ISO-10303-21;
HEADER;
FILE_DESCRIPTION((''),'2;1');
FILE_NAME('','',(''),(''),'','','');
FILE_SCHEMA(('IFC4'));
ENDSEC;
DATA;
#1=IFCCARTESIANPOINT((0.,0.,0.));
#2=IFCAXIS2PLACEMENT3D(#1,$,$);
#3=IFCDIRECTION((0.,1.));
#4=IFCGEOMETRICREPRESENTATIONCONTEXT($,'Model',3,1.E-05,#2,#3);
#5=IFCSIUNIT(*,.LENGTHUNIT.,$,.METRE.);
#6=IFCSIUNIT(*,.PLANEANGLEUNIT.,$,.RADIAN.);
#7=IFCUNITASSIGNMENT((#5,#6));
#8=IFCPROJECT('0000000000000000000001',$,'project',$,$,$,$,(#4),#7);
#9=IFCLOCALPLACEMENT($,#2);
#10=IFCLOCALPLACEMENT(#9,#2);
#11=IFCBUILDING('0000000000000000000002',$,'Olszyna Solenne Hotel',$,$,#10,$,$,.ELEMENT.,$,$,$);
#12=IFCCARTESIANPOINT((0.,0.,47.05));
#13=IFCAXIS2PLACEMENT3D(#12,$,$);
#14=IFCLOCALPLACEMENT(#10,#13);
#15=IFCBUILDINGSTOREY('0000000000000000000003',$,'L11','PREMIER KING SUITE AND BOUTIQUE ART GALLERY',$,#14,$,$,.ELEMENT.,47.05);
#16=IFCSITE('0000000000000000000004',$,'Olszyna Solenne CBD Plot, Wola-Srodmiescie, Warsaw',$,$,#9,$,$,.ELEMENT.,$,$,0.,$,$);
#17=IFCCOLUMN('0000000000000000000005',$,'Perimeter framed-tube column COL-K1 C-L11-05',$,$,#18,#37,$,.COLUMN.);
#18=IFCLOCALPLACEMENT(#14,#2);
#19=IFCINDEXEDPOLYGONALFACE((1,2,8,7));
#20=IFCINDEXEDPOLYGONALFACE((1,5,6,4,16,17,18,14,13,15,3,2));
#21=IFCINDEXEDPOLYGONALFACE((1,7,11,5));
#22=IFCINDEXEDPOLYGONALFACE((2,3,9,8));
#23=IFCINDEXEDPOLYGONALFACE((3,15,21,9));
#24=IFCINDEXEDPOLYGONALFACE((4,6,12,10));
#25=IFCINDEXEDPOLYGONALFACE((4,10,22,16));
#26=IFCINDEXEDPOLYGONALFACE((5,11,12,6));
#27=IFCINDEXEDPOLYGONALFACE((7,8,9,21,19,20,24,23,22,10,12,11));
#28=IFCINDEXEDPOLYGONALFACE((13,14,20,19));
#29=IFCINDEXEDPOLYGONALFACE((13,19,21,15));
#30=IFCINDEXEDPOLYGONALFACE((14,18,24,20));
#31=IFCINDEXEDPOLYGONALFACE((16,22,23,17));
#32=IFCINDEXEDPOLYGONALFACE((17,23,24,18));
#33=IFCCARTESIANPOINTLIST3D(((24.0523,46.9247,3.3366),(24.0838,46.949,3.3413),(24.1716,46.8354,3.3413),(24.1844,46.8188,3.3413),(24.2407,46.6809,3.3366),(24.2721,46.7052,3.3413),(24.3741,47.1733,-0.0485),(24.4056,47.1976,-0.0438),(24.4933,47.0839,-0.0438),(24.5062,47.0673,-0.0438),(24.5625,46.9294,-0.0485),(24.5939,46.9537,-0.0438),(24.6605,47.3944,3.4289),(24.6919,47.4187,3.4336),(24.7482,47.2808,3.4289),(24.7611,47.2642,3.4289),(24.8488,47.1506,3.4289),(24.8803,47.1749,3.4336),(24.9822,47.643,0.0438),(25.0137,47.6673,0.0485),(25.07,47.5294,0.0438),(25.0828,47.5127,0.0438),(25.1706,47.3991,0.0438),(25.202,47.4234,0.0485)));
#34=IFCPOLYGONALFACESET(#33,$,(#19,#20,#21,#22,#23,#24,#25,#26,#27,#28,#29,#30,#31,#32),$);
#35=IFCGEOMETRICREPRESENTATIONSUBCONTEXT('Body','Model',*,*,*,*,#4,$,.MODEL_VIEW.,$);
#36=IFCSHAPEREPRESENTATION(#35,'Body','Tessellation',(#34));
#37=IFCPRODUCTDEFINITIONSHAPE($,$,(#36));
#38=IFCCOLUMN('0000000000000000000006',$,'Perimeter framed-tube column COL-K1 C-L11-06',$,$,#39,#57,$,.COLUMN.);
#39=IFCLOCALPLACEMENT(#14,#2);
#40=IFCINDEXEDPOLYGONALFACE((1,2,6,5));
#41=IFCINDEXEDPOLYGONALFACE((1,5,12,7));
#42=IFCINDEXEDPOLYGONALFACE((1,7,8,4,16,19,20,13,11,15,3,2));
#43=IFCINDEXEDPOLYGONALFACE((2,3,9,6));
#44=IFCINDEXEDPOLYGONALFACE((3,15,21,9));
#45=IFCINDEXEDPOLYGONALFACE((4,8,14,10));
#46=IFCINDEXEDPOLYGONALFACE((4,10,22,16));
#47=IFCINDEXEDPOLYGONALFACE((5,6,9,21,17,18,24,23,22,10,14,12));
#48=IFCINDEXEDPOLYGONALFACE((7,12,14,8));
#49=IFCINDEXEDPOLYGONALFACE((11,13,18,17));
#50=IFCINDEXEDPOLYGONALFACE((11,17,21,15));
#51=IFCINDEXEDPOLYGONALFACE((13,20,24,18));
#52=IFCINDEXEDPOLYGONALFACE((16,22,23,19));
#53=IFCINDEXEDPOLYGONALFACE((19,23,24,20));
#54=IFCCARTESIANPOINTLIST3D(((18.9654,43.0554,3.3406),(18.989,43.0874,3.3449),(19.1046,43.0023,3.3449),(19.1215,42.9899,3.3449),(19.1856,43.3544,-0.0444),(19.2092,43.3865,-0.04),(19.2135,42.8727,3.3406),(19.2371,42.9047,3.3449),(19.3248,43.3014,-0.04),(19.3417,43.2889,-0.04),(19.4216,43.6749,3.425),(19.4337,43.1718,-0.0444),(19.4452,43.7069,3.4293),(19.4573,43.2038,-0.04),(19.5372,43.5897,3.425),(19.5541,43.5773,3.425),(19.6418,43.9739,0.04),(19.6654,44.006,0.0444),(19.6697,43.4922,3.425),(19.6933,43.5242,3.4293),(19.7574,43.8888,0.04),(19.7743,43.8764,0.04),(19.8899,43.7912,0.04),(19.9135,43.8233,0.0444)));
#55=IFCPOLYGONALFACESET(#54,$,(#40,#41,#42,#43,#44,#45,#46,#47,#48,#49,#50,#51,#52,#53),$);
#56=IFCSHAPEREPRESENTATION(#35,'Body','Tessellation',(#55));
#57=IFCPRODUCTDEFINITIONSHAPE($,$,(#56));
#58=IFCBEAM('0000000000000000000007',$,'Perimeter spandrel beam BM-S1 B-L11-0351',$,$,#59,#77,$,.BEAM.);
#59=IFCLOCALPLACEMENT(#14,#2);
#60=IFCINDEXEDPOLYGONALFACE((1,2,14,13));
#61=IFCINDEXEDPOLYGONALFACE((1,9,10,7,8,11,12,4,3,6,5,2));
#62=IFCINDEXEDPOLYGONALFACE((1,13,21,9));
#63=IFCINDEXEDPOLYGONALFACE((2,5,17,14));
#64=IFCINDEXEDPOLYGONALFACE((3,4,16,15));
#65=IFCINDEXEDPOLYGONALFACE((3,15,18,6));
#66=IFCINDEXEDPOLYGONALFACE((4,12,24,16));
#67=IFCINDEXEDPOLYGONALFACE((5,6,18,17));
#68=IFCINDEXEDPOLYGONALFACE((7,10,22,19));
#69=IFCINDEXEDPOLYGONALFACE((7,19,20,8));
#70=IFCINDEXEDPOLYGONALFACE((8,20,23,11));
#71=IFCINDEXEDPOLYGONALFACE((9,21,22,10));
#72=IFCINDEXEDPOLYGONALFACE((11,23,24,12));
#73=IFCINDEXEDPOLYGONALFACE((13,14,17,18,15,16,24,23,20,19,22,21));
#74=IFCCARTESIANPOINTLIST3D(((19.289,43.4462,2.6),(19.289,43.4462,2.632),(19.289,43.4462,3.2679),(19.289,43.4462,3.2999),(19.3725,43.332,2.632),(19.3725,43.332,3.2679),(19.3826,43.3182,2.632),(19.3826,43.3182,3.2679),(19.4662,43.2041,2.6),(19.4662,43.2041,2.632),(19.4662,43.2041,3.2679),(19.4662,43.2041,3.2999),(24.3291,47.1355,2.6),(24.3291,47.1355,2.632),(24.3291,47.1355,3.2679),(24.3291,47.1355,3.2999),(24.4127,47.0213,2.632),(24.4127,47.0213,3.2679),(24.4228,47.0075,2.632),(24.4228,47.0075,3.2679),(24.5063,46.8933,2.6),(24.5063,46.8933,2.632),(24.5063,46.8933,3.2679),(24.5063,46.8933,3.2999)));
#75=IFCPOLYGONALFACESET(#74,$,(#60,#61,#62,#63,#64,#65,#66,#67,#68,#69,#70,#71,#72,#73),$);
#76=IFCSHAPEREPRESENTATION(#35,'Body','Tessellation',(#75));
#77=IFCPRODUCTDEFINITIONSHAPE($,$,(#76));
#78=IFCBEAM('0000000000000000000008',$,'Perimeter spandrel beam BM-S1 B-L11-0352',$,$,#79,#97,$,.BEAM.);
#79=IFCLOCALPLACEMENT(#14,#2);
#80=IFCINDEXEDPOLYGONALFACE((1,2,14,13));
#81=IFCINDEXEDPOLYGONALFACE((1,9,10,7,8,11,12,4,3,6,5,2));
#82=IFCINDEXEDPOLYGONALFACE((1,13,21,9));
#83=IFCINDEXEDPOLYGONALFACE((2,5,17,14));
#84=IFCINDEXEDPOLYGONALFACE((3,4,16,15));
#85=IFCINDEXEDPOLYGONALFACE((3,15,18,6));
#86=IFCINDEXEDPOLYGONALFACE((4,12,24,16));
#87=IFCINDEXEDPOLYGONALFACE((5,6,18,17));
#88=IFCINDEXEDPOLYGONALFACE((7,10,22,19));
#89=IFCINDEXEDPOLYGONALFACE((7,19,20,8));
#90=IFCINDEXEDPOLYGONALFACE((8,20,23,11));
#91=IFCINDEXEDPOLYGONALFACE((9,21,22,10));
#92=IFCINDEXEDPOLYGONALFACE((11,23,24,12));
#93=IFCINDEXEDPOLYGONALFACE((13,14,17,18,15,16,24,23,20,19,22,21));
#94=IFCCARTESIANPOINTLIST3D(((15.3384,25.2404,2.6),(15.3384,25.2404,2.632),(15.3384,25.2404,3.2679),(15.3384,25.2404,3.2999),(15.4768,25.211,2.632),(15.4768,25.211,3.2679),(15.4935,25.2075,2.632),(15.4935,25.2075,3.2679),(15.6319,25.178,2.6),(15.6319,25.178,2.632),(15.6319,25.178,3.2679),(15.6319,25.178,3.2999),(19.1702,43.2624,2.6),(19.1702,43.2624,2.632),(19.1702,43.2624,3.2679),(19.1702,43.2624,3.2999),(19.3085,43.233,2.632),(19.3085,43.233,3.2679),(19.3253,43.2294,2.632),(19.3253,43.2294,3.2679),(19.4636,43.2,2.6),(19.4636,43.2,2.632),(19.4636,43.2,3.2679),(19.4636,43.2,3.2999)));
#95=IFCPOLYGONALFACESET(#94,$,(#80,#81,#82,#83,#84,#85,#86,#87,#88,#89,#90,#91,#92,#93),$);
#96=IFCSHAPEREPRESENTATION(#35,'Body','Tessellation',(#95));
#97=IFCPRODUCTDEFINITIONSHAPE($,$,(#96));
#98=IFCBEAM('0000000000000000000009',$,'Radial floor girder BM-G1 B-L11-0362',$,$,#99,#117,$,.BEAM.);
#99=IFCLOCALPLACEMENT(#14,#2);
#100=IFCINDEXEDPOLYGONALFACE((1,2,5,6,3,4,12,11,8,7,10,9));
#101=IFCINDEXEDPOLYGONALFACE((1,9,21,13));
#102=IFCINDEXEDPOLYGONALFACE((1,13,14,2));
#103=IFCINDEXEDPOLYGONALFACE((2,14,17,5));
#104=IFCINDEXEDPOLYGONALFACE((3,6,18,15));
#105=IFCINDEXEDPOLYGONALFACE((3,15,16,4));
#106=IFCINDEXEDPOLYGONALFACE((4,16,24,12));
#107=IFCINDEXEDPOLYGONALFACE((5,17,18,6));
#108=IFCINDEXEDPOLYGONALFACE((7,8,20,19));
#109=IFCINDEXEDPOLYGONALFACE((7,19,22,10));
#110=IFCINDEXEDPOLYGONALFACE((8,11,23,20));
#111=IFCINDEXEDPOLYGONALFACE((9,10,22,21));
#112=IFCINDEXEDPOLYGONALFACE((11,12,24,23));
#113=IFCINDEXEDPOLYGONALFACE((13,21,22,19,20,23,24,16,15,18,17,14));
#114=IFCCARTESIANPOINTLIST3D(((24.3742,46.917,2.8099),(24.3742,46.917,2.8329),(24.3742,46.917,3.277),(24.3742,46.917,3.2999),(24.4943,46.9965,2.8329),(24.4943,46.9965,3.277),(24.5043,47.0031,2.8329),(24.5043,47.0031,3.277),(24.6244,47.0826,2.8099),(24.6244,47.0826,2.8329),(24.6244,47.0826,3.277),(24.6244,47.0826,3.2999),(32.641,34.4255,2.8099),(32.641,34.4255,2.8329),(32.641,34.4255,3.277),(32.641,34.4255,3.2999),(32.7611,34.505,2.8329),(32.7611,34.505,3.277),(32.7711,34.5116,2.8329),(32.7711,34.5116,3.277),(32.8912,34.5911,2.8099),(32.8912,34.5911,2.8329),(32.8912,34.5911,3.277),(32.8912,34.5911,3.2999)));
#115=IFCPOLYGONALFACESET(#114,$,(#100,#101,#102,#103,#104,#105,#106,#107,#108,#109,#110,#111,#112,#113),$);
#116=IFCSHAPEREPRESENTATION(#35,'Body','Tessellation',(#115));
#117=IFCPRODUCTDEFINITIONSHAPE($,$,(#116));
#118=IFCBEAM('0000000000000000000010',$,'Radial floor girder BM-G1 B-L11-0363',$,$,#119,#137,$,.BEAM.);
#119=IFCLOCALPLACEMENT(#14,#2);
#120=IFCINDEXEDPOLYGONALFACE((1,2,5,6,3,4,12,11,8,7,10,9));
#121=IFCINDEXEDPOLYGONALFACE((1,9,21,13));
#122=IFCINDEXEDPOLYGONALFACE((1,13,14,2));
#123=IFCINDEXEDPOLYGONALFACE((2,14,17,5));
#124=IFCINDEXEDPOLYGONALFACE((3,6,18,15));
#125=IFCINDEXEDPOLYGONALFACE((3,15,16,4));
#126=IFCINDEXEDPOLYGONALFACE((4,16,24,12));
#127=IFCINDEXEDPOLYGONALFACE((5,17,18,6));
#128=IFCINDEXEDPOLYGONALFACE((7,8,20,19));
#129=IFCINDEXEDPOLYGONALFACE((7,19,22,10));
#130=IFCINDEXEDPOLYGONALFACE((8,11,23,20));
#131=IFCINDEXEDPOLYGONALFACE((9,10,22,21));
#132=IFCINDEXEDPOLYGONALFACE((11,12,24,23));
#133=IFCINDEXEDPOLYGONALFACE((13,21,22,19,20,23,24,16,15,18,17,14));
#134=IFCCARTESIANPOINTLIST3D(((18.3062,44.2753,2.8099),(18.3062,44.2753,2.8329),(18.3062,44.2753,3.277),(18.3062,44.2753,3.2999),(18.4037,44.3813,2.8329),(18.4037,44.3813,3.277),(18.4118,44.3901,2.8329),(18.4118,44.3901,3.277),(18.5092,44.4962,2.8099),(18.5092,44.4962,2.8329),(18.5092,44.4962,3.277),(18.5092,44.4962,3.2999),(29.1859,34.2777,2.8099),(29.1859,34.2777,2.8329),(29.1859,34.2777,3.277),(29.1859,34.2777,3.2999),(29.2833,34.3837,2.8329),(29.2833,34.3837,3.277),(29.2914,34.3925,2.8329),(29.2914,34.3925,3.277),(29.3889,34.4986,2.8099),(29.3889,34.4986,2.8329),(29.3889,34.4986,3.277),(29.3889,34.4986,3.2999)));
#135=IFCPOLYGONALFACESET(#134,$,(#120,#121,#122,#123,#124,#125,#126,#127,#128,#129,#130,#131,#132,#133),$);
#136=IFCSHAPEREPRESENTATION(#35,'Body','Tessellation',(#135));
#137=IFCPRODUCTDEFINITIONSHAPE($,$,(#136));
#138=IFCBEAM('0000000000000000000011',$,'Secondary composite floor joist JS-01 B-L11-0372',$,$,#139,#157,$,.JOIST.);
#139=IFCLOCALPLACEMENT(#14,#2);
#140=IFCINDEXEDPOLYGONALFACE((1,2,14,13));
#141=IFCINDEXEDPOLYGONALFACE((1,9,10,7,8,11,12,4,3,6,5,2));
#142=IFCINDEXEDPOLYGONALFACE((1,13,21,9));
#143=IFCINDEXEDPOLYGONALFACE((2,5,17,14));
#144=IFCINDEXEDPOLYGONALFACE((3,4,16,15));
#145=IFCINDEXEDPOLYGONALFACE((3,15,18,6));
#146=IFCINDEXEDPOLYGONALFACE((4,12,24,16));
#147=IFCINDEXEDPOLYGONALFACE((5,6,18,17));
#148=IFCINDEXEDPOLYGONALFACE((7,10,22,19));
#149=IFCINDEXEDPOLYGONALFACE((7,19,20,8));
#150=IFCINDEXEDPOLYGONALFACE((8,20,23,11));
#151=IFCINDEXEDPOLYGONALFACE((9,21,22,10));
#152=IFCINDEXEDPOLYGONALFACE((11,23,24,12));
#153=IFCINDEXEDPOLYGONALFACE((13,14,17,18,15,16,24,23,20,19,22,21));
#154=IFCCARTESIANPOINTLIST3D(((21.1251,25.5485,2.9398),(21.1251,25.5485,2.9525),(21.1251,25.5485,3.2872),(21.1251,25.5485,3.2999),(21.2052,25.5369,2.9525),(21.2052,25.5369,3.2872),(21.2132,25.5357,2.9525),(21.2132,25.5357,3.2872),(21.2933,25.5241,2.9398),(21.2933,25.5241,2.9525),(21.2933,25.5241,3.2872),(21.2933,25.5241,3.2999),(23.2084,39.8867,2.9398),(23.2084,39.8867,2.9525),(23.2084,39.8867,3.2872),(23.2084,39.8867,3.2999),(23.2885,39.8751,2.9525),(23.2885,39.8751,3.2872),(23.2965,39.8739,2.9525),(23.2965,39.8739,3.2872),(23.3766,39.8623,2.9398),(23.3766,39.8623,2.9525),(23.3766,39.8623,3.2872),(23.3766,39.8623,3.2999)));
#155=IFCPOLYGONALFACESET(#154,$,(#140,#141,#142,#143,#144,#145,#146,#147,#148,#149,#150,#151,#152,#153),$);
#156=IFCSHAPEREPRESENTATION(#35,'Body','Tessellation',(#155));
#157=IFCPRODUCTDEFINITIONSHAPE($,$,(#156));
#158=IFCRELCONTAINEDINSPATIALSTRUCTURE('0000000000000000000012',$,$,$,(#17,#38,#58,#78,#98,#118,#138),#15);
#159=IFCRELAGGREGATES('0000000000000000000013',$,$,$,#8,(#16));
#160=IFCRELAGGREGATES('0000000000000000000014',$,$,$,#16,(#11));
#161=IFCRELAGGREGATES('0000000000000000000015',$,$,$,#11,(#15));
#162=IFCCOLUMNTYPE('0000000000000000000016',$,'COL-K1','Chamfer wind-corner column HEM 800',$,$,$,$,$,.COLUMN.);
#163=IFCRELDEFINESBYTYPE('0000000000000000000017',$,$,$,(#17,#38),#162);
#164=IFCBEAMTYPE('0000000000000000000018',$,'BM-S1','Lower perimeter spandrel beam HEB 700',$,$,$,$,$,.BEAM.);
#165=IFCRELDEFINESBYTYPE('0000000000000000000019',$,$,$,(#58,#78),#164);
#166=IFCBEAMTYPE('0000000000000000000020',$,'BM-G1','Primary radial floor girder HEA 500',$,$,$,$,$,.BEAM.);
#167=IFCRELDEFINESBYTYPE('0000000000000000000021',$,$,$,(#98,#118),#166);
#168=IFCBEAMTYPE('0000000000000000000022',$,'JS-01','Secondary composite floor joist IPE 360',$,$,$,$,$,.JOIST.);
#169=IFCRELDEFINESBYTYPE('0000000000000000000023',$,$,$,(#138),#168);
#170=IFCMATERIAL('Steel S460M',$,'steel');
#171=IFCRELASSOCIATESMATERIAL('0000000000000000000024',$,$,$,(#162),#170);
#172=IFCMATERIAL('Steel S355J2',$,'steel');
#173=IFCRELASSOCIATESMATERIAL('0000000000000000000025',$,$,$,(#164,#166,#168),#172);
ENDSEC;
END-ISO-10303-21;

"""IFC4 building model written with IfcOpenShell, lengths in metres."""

from ifc_helpers import new_model, si_unit, direction, frame, origin, origin_2d, place, context, subcontext, project, spatial, i_section, extrude, source, transform, mapped, material, material_profile, profile_set, type_object, element, save


model = new_model("IFC4")

# Units and contexts
model_context = context("Model", 3, precision=1e-05, world=origin(), true_north=direction((0.0, 1.0)))
body_context = subcontext(model_context, "Body", "Model", "MODEL_VIEW")
ifc_project = project(units=[si_unit("LENGTHUNIT", "METRE"), si_unit("PLANEANGLEUNIT", "RADIAN")], contexts=[model_context])

# Site, building, storey
site_placement = place(None, origin())
site = spatial("IfcSite", under=ifc_project, at=site_placement, Name="Olszyna Solenne CBD Plot, Wola-Srodmiescie, Warsaw", CompositionType="ELEMENT", RefElevation=0.0)
building_placement = place(site_placement, origin())
building = spatial("IfcBuilding", under=site, at=building_placement, Name="Olszyna Solenne Hotel", CompositionType="ELEMENT")
storey_placement = place(building_placement, frame((0.0, 0.0, 47.05)))
storey = spatial("IfcBuildingStorey", under=building, at=storey_placement, Name="L11", Description="PREMIER KING SUITE AND BOUTIQUE ART GALLERY", CompositionType="ELEMENT", Elevation=47.05)

# Columns
ifc_material_1 = material(Name="Steel S460M", Category="steel")
ifc_material_profile_1 = material_profile(ifc_material_1, i_section(OverallWidth=0.3081, OverallDepth=0.814, WebThickness=0.021, FlangeThickness=0.04, at=origin_2d()), Name="HEM 800", Category="load-bearing")
ifc_profile_set_1 = profile_set([ifc_material_profile_1], Name="Steel S460M")
column_type = type_object("IfcColumnType", Name="COL-K1", Description="Chamfer wind-corner column HEM 800", PredefinedType="COLUMN", material=ifc_profile_set_1)
shared_shape_1 = source(origin(), body_context, "Body", "SweptSolid", [
    extrude(i_section(OverallWidth=0.3081, OverallDepth=0.814, WebThickness=0.021, FlangeThickness=0.04, at=origin_2d()), origin(), (0.0, 0.0, 1.0), 3.4094),
])
column_1_placement = place(storey_placement, frame((24.7881, 47.2983, 0.0), z_axis=(-0.094381, -0.072898, 0.992864), x_axis=(0.611277, -0.791417, 0.0)))
element("IfcColumn", 1, at=column_1_placement, inside=storey, type_object=column_type, Name="Perimeter framed-tube column COL-K1 C-L11-05", PredefinedType="COLUMN", context=body_context, shape_type="MappedRepresentation", body=[
    mapped(shared_shape_1, transform((0.0, 0.0, 0.0), x_axis=(1.0, 0.0, 0.0), y_axis=(0.0, 1.0, 0.0), z_axis=(0.0, 0.0, 1.0), scale=1.0)),
])
shared_shape_2 = source(origin(), body_context, "Body", "SweptSolid", [
    extrude(i_section(OverallWidth=0.3081, OverallDepth=0.814, WebThickness=0.021, FlangeThickness=0.04, at=origin_2d()), origin(), (0.0, 0.0, 1.0), 3.4053),
])
column_2_placement = place(storey_placement, frame((19.5496, 43.5889, 0.0), z_axis=(-0.064668, -0.087825, 0.994035), x_axis=(0.805254, -0.59293, 0.0)))
element("IfcColumn", 2, at=column_2_placement, inside=storey, type_object=column_type, Name="Perimeter framed-tube column COL-K1 C-L11-06", PredefinedType="COLUMN", context=body_context, shape_type="MappedRepresentation", body=[
    mapped(shared_shape_2, transform((0.0, 0.0, 0.0), x_axis=(1.0, 0.0, 0.0), y_axis=(0.0, 1.0, 0.0), z_axis=(0.0, 0.0, 1.0), scale=1.0)),
])

# Beams
ifc_material_2 = material(Name="Steel S355J2", Category="steel")
ifc_material_profile_2 = material_profile(ifc_material_2, i_section(OverallWidth=0.3, OverallDepth=0.7, WebThickness=0.0171, FlangeThickness=0.032, at=origin_2d()), Name="HEB 700", Category="load-bearing")
ifc_profile_set_2 = profile_set([ifc_material_profile_2], Name="Steel S355J2")
beam_type_1 = type_object("IfcBeamType", Name="BM-S1", Description="Lower perimeter spandrel beam HEB 700", PredefinedType="BEAM", material=ifc_profile_set_2)
shared_shape_3 = source(origin(), body_context, "Body", "SweptSolid", [
    extrude(i_section(OverallWidth=0.3, OverallDepth=0.7, WebThickness=0.0171, FlangeThickness=0.032, at=origin_2d()), origin(), (0.0, 0.0, 1.0), 6.2461),
])
beam_1_placement = place(storey_placement, frame((24.4177, 47.0144, 2.95), z_axis=(-0.806925, -0.590653, 0.0), x_axis=(0.590653, -0.806925, 0.0)))
element("IfcBeam", 3, at=beam_1_placement, inside=storey, type_object=beam_type_1, Name="Perimeter spandrel beam BM-S1 B-L11-0351", PredefinedType="BEAM", context=body_context, shape_type="MappedRepresentation", body=[
    mapped(shared_shape_3, transform((0.0, 0.0, 0.0), x_axis=(1.0, 0.0, 0.0), y_axis=(0.0, 1.0, 0.0), z_axis=(0.0, 0.0, 1.0), scale=1.0)),
])
shared_shape_4 = source(origin(), body_context, "Body", "SweptSolid", [
    extrude(i_section(OverallWidth=0.3, OverallDepth=0.7, WebThickness=0.0171, FlangeThickness=0.032, at=origin_2d()), origin(), (0.0, 0.0, 1.0), 18.4248),
])
beam_2_placement = place(storey_placement, frame((19.3169, 43.2312, 2.95), z_axis=(-0.207969, -0.978135, 0.0), x_axis=(0.978135, -0.207969, 0.0)))
element("IfcBeam", 4, at=beam_2_placement, inside=storey, type_object=beam_type_1, Name="Perimeter spandrel beam BM-S1 B-L11-0352", PredefinedType="BEAM", context=body_context, shape_type="MappedRepresentation", body=[
    mapped(shared_shape_4, transform((0.0, 0.0, 0.0), x_axis=(1.0, 0.0, 0.0), y_axis=(0.0, 1.0, 0.0), z_axis=(0.0, 0.0, 1.0), scale=1.0)),
])
ifc_material_profile_3 = material_profile(ifc_material_2, i_section(OverallWidth=0.3, OverallDepth=0.49, WebThickness=0.012, FlangeThickness=0.0229, at=origin_2d()), Name="HEA 500", Category="load-bearing")
ifc_profile_set_3 = profile_set([ifc_material_profile_3], Name="Steel S355J2")
beam_type_2 = type_object("IfcBeamType", Name="BM-G1", Description="Primary radial floor girder HEA 500", PredefinedType="BEAM", material=ifc_profile_set_3)
shared_shape_5 = source(origin(), body_context, "Body", "SweptSolid", [
    extrude(i_section(OverallWidth=0.3, OverallDepth=0.49, WebThickness=0.012, FlangeThickness=0.0229, at=origin_2d()), origin(), (0.0, 0.0, 1.0), 14.9792),
])
beam_3_placement = place(storey_placement, frame((24.4993, 46.9998, 3.0549), z_axis=(0.551887, -0.833919, 0.0), x_axis=(0.833919, 0.551887, 0.0)))
element("IfcBeam", 5, at=beam_3_placement, inside=storey, type_object=beam_type_2, Name="Radial floor girder BM-G1 B-L11-0362", PredefinedType="BEAM", context=body_context, shape_type="MappedRepresentation", body=[
    mapped(shared_shape_5, transform((0.0, 0.0, 0.0), x_axis=(1.0, 0.0, 0.0), y_axis=(0.0, 1.0, 0.0), z_axis=(0.0, 0.0, 1.0), scale=1.0)),
])
shared_shape_6 = source(origin(), body_context, "Body", "SweptSolid", [
    extrude(i_section(OverallWidth=0.3, OverallDepth=0.49, WebThickness=0.012, FlangeThickness=0.0229, at=origin_2d()), origin(), (0.0, 0.0, 1.0), 14.7756),
])
beam_4_placement = place(storey_placement, frame((18.4077, 44.3857, 3.0549), z_axis=(0.736326, -0.676627, 0.0), x_axis=(0.676627, 0.736326, 0.0)))
element("IfcBeam", 6, at=beam_4_placement, inside=storey, type_object=beam_type_2, Name="Radial floor girder BM-G1 B-L11-0363", PredefinedType="BEAM", context=body_context, shape_type="MappedRepresentation", body=[
    mapped(shared_shape_6, transform((0.0, 0.0, 0.0), x_axis=(1.0, 0.0, 0.0), y_axis=(0.0, 1.0, 0.0), z_axis=(0.0, 0.0, 1.0), scale=1.0)),
])
ifc_material_profile_4 = material_profile(ifc_material_2, i_section(OverallWidth=0.1699, OverallDepth=0.3601, WebThickness=0.0081, FlangeThickness=0.0127, at=origin_2d()), Name="IPE 360", Category="load-bearing")
ifc_profile_set_4 = profile_set([ifc_material_profile_4], Name="Steel S355J2")
beam_type_3 = type_object("IfcBeamType", Name="JS-01", Description="Secondary composite floor joist IPE 360", PredefinedType="JOIST", material=ifc_profile_set_4)
shared_shape_7 = source(origin(), body_context, "Body", "SweptSolid", [
    extrude(i_section(OverallWidth=0.1699, OverallDepth=0.3601, WebThickness=0.0081, FlangeThickness=0.0127, at=origin_2d()), origin(), (0.0, 0.0, 1.0), 14.4888),
])
beam_5_placement = place(storey_placement, frame((23.2925, 39.8745, 3.1199), z_axis=(-0.143785, -0.989609, 0.0), x_axis=(0.989609, -0.143785, 0.0)))
element("IfcBeam", 7, at=beam_5_placement, inside=storey, type_object=beam_type_3, Name="Secondary composite floor joist JS-01 B-L11-0372", PredefinedType="JOIST", context=body_context, shape_type="MappedRepresentation", body=[
    mapped(shared_shape_7, transform((0.0, 0.0, 0.0), x_axis=(1.0, 0.0, 0.0), y_axis=(0.0, 1.0, 0.0), z_axis=(0.0, 0.0, 1.0), scale=1.0)),
])

save(model, "model.ifc")
